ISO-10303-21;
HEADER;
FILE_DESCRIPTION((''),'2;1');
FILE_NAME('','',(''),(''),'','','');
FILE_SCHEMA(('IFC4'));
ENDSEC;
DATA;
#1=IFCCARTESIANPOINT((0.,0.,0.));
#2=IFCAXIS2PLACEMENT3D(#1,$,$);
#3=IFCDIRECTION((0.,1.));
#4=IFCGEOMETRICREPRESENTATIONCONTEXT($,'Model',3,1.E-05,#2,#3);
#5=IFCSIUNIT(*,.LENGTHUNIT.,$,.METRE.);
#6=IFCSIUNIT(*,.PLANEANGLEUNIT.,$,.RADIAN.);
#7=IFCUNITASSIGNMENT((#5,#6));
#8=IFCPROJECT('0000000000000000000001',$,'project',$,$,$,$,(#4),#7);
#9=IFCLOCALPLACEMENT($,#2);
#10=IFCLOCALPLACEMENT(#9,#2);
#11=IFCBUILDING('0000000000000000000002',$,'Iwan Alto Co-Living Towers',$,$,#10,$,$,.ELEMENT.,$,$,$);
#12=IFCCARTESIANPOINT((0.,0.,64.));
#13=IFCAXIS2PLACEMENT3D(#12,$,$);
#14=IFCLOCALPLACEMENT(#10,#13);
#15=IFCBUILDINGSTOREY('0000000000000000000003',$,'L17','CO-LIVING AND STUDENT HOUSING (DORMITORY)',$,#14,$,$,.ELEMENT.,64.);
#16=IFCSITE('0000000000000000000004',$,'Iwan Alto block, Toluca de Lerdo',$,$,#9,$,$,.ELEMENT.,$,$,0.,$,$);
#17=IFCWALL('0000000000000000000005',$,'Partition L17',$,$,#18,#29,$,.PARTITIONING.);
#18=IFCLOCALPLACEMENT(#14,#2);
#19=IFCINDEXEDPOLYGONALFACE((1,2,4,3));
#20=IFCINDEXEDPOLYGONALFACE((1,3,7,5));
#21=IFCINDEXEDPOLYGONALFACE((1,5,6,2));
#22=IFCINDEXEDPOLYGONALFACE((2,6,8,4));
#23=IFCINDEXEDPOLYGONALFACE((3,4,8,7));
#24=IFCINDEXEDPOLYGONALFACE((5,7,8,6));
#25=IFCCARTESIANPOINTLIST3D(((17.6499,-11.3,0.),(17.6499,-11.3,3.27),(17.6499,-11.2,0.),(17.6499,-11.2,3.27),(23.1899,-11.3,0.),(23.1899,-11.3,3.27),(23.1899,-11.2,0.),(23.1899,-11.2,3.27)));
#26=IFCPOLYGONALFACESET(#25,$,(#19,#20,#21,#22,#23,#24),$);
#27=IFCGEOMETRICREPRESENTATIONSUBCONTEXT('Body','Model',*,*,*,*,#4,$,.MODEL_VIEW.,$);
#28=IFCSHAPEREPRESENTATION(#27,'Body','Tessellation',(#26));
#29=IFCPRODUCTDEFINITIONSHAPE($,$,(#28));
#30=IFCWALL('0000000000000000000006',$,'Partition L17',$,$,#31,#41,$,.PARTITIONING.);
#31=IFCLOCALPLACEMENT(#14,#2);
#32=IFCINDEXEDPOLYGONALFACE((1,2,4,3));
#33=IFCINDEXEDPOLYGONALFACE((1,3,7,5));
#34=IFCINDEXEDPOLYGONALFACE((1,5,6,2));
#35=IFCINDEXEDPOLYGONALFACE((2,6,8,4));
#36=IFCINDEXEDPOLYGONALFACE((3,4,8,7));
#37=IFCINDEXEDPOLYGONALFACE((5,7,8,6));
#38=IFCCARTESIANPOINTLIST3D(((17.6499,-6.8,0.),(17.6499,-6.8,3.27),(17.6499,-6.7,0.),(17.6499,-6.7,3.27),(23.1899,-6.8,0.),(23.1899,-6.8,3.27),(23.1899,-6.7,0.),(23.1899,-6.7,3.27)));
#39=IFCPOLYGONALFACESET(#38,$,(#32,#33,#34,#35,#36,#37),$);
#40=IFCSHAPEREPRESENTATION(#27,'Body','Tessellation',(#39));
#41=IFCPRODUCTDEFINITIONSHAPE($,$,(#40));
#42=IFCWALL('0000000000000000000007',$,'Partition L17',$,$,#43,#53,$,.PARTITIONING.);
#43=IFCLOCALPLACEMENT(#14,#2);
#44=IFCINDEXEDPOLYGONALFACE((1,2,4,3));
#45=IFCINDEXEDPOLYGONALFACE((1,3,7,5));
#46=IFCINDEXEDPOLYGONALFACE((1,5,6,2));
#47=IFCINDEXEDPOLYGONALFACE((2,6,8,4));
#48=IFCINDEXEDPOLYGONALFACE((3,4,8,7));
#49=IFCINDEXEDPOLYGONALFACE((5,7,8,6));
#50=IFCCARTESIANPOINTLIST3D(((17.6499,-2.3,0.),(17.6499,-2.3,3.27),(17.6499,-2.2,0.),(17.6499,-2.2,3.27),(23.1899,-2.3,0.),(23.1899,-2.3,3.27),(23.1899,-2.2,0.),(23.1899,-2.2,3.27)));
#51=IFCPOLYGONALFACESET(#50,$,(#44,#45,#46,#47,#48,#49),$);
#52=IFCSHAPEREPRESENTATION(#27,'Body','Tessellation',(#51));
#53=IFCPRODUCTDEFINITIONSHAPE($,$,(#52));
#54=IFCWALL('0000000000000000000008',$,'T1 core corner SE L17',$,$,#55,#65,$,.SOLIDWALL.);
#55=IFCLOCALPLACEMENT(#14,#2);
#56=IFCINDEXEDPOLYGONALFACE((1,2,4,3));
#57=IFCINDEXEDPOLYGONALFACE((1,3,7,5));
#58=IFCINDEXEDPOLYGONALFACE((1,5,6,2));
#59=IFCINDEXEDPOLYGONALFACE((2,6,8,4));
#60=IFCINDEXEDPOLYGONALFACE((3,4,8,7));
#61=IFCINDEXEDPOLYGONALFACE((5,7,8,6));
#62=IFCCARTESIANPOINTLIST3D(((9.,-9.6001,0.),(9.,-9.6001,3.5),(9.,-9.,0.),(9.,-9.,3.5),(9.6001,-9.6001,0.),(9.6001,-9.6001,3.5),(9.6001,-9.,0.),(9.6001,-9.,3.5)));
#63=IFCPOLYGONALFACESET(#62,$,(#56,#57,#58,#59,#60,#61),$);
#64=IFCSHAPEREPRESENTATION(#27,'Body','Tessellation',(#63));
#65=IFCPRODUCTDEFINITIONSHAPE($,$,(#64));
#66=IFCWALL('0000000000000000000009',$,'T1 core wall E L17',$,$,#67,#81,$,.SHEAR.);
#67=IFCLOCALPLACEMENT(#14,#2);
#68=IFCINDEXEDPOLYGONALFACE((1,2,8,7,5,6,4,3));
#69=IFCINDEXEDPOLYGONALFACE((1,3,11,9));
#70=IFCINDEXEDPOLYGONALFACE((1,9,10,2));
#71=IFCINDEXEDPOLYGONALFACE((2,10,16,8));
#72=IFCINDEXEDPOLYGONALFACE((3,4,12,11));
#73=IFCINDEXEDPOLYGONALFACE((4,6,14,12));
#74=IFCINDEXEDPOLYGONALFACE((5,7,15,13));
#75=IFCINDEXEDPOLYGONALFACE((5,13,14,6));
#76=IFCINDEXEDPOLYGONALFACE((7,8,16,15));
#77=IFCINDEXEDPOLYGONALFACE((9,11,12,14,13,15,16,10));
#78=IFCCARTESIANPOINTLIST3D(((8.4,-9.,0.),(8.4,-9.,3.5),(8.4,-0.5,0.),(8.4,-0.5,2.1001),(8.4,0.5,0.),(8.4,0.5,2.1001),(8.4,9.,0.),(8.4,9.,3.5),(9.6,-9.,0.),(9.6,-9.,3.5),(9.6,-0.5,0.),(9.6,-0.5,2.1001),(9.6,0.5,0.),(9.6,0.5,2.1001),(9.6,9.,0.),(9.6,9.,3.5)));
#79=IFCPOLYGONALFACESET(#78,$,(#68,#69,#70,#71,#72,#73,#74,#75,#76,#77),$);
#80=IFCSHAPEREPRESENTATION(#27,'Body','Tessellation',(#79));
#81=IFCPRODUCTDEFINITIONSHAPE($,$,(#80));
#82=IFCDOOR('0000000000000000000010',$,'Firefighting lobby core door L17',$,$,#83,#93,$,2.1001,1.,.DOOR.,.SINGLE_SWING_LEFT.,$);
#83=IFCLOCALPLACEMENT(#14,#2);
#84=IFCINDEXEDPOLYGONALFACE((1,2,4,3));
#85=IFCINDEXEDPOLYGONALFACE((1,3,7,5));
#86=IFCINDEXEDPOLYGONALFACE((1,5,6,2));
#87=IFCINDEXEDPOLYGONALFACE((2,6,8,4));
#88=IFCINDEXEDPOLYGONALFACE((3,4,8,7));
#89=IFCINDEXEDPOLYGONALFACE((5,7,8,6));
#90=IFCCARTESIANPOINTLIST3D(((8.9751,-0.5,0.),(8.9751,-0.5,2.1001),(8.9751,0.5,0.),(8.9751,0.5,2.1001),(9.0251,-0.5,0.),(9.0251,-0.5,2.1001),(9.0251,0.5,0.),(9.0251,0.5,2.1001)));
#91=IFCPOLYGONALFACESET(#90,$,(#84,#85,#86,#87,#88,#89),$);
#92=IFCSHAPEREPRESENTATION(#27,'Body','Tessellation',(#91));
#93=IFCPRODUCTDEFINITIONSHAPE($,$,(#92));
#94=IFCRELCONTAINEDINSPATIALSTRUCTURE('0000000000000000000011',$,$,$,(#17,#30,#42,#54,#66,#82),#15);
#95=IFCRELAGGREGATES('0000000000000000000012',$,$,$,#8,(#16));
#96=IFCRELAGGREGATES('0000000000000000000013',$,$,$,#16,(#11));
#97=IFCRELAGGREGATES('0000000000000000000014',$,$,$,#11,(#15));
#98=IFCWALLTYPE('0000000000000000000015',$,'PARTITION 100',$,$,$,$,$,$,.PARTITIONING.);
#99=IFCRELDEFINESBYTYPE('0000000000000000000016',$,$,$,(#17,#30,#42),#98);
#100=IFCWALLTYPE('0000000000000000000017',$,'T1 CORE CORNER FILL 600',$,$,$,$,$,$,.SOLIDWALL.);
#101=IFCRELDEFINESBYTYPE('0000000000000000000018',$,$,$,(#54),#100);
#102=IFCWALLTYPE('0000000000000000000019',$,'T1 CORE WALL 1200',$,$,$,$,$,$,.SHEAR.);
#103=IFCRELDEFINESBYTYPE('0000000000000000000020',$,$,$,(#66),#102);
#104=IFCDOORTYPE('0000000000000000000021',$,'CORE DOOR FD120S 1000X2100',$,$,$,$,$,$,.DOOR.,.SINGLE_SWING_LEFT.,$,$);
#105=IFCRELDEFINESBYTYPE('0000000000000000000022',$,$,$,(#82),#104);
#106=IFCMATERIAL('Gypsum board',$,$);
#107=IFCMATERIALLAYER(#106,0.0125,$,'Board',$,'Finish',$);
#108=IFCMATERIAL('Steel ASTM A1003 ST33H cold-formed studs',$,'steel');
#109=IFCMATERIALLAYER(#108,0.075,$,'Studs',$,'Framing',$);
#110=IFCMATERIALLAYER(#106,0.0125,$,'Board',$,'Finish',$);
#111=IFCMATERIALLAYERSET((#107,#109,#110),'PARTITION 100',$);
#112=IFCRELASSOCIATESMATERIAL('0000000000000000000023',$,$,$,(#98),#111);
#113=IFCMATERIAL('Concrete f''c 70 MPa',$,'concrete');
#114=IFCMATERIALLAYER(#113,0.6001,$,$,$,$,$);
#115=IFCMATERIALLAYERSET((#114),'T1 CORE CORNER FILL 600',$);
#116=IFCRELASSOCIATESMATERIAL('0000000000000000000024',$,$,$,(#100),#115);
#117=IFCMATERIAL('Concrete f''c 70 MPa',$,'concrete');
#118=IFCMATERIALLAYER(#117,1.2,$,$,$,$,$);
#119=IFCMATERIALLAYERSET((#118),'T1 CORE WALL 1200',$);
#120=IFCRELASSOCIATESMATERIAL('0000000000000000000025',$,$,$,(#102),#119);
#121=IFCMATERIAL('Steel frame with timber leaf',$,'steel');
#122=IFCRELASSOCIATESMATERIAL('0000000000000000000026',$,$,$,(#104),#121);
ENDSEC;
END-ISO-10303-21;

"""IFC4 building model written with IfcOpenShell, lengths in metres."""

from ifc_helpers import new_model, si_unit, direction, frame, frame_2d, origin, place, context, subcontext, project, spatial, rectangle, extrude, material, layer, layer_set, type_object, element, fill, save


model = new_model("IFC4")

# Units and contexts
model_context = context("Model", 3, precision=1e-05, world=origin(), true_north=direction((0.0, 1.0)))
body_context = subcontext(model_context, "Body", "Model", "MODEL_VIEW")
ifc_project = project(units=[si_unit("LENGTHUNIT", "METRE"), si_unit("PLANEANGLEUNIT", "RADIAN")], contexts=[model_context])

# Site, building, storey
site_placement = place(None, origin())
site = spatial("IfcSite", under=ifc_project, at=site_placement, Name="Iwan Alto block, Toluca de Lerdo", CompositionType="ELEMENT", RefElevation=0.0)
building_placement = place(site_placement, origin())
building = spatial("IfcBuilding", under=site, at=building_placement, Name="Iwan Alto Co-Living Towers", CompositionType="ELEMENT")
storey_placement = place(building_placement, frame((0.0, 0.0, 64.0)))
storey = spatial("IfcBuildingStorey", under=building, at=storey_placement, Name="L17", Description="CO-LIVING AND STUDENT HOUSING (DORMITORY)", CompositionType="ELEMENT", Elevation=64.0)

# Shared definitions
ifc_material_1 = material(Name="Gypsum board")
ifc_material_2 = material(Name="Steel ASTM A1003 ST33H cold-formed studs", Category="steel")

# Walls
ifc_layer_1 = layer(ifc_material_1, 0.0125, Name="Board", Category="Finish")
ifc_layer_2 = layer(ifc_material_2, 0.075, Name="Studs", Category="Framing")
ifc_layer_3 = layer(ifc_material_1, 0.0125, Name="Board", Category="Finish")
ifc_layer_set_1 = layer_set([ifc_layer_1, ifc_layer_2, ifc_layer_3], Name="PARTITION 100")
wall_type_1 = type_object("IfcWallType", Name="PARTITION 100", PredefinedType="PARTITIONING", material=ifc_layer_set_1)
for number, where, z_axis, x_axis, name in (
    (1, (17.6499, -11.25, 0.0), (0.0, 0.0, 1.0), (1.0, 0.0, 0.0), "Partition L17"),
    (2, (17.6499, -6.75, 0.0), (0.0, 0.0, 1.0), (1.0, 0.0, 0.0), "Partition L17"),
    (3, (17.6499, -2.25, 0.0), (0.0, 0.0, 1.0), (1.0, 0.0, 0.0), "Partition L17"),
):
    element("IfcWall", number, at=place(storey_placement, frame(where, z_axis=z_axis, x_axis=x_axis)), inside=storey, type_object=wall_type_1, Name=name, PredefinedType="PARTITIONING", context=body_context, shape_type="SweptSolid", body=[
        extrude(rectangle(XDim=5.54, YDim=0.1001, at=frame_2d((2.77, 0.0))), origin(), (0.0, 0.0, 1.0), 3.27),
    ])
ifc_material_3 = material(Name="Concrete f'c 70 MPa", Category="concrete")
ifc_layer_4 = layer(ifc_material_3, 0.6001)
ifc_layer_set_2 = layer_set([ifc_layer_4], Name="T1 CORE CORNER FILL 600")
wall_type_2 = type_object("IfcWallType", Name="T1 CORE CORNER FILL 600", PredefinedType="SOLIDWALL", material=ifc_layer_set_2)
wall_1_placement = place(storey_placement, frame((9.0, -9.3, 0.0), z_axis=(0.0, 0.0, 1.0), x_axis=(1.0, 0.0, 0.0)))
element("IfcWall", 4, at=wall_1_placement, inside=storey, type_object=wall_type_2, Name="T1 core corner SE L17", PredefinedType="SOLIDWALL", context=body_context, shape_type="SweptSolid", body=[
    extrude(rectangle(XDim=0.6001, YDim=0.6001, at=frame_2d((0.3, 0.0))), origin(), (0.0, 0.0, 1.0), 3.5),
])

# Wall, opening, door
ifc_material_4 = material(Name="Concrete f'c 70 MPa", Category="concrete")
ifc_layer_5 = layer(ifc_material_4, 1.2)
ifc_layer_set_3 = layer_set([ifc_layer_5], Name="T1 CORE WALL 1200")
wall_type_3 = type_object("IfcWallType", Name="T1 CORE WALL 1200", PredefinedType="SHEAR", material=ifc_layer_set_3)
wall_2_placement = place(storey_placement, frame((9.0, -9.0, 0.0), z_axis=(0.0, 0.0, 1.0), x_axis=(0.0, 1.0, 0.0)))
wall_2 = element("IfcWall", 5, at=wall_2_placement, inside=storey, type_object=wall_type_3, Name="T1 core wall E L17", PredefinedType="SHEAR", context=body_context, shape_type="SweptSolid", body=[
    extrude(rectangle(XDim=18.0, YDim=1.2, at=frame_2d((9.0, 0.0))), origin(), (0.0, 0.0, 1.0), 3.5),
])
opening_1_placement = place(wall_2_placement, frame((8.5, 0.0, 0.0)))
opening_1 = element("IfcOpeningElement", 6, at=opening_1_placement, cuts=wall_2, PredefinedType="OPENING", context=body_context, shape_type="SweptSolid", body=[
    extrude(rectangle(XDim=1.0, YDim=2.1001, at=frame_2d((0.5, 1.05))), frame((0.0, 0.6099, 0.0), z_axis=(0.0, -1.0, 0.0), x_axis=(1.0, 0.0, 0.0)), (0.0, 0.0, 1.0), 1.22),
])
ifc_material_5 = material(Name="Steel frame with timber leaf", Category="steel")
door_type_1 = type_object("IfcDoorType", Name="CORE DOOR FD120S 1000X2100", OperationType="SINGLE_SWING_LEFT", PredefinedType="DOOR", material=ifc_material_5)
door_1_placement = place(opening_1_placement, origin())
door_1 = element("IfcDoor", 7, at=door_1_placement, inside=storey, type_object=door_type_1, Name="Firefighting lobby core door L17", OperationType="SINGLE_SWING_LEFT", OverallHeight=2.1001, OverallWidth=1.0, PredefinedType="DOOR", context=body_context, shape_type="SweptSolid", body=[
    extrude(rectangle(XDim=1.0, YDim=2.1001, at=frame_2d((0.5, 1.05))), frame((0.0, 0.0249, 0.0), z_axis=(0.0, -1.0, 0.0), x_axis=(1.0, 0.0, 0.0)), (0.0, 0.0, 1.0), 0.05),
])
fill(opening_1, door_1)

save(model, "model.ifc")
